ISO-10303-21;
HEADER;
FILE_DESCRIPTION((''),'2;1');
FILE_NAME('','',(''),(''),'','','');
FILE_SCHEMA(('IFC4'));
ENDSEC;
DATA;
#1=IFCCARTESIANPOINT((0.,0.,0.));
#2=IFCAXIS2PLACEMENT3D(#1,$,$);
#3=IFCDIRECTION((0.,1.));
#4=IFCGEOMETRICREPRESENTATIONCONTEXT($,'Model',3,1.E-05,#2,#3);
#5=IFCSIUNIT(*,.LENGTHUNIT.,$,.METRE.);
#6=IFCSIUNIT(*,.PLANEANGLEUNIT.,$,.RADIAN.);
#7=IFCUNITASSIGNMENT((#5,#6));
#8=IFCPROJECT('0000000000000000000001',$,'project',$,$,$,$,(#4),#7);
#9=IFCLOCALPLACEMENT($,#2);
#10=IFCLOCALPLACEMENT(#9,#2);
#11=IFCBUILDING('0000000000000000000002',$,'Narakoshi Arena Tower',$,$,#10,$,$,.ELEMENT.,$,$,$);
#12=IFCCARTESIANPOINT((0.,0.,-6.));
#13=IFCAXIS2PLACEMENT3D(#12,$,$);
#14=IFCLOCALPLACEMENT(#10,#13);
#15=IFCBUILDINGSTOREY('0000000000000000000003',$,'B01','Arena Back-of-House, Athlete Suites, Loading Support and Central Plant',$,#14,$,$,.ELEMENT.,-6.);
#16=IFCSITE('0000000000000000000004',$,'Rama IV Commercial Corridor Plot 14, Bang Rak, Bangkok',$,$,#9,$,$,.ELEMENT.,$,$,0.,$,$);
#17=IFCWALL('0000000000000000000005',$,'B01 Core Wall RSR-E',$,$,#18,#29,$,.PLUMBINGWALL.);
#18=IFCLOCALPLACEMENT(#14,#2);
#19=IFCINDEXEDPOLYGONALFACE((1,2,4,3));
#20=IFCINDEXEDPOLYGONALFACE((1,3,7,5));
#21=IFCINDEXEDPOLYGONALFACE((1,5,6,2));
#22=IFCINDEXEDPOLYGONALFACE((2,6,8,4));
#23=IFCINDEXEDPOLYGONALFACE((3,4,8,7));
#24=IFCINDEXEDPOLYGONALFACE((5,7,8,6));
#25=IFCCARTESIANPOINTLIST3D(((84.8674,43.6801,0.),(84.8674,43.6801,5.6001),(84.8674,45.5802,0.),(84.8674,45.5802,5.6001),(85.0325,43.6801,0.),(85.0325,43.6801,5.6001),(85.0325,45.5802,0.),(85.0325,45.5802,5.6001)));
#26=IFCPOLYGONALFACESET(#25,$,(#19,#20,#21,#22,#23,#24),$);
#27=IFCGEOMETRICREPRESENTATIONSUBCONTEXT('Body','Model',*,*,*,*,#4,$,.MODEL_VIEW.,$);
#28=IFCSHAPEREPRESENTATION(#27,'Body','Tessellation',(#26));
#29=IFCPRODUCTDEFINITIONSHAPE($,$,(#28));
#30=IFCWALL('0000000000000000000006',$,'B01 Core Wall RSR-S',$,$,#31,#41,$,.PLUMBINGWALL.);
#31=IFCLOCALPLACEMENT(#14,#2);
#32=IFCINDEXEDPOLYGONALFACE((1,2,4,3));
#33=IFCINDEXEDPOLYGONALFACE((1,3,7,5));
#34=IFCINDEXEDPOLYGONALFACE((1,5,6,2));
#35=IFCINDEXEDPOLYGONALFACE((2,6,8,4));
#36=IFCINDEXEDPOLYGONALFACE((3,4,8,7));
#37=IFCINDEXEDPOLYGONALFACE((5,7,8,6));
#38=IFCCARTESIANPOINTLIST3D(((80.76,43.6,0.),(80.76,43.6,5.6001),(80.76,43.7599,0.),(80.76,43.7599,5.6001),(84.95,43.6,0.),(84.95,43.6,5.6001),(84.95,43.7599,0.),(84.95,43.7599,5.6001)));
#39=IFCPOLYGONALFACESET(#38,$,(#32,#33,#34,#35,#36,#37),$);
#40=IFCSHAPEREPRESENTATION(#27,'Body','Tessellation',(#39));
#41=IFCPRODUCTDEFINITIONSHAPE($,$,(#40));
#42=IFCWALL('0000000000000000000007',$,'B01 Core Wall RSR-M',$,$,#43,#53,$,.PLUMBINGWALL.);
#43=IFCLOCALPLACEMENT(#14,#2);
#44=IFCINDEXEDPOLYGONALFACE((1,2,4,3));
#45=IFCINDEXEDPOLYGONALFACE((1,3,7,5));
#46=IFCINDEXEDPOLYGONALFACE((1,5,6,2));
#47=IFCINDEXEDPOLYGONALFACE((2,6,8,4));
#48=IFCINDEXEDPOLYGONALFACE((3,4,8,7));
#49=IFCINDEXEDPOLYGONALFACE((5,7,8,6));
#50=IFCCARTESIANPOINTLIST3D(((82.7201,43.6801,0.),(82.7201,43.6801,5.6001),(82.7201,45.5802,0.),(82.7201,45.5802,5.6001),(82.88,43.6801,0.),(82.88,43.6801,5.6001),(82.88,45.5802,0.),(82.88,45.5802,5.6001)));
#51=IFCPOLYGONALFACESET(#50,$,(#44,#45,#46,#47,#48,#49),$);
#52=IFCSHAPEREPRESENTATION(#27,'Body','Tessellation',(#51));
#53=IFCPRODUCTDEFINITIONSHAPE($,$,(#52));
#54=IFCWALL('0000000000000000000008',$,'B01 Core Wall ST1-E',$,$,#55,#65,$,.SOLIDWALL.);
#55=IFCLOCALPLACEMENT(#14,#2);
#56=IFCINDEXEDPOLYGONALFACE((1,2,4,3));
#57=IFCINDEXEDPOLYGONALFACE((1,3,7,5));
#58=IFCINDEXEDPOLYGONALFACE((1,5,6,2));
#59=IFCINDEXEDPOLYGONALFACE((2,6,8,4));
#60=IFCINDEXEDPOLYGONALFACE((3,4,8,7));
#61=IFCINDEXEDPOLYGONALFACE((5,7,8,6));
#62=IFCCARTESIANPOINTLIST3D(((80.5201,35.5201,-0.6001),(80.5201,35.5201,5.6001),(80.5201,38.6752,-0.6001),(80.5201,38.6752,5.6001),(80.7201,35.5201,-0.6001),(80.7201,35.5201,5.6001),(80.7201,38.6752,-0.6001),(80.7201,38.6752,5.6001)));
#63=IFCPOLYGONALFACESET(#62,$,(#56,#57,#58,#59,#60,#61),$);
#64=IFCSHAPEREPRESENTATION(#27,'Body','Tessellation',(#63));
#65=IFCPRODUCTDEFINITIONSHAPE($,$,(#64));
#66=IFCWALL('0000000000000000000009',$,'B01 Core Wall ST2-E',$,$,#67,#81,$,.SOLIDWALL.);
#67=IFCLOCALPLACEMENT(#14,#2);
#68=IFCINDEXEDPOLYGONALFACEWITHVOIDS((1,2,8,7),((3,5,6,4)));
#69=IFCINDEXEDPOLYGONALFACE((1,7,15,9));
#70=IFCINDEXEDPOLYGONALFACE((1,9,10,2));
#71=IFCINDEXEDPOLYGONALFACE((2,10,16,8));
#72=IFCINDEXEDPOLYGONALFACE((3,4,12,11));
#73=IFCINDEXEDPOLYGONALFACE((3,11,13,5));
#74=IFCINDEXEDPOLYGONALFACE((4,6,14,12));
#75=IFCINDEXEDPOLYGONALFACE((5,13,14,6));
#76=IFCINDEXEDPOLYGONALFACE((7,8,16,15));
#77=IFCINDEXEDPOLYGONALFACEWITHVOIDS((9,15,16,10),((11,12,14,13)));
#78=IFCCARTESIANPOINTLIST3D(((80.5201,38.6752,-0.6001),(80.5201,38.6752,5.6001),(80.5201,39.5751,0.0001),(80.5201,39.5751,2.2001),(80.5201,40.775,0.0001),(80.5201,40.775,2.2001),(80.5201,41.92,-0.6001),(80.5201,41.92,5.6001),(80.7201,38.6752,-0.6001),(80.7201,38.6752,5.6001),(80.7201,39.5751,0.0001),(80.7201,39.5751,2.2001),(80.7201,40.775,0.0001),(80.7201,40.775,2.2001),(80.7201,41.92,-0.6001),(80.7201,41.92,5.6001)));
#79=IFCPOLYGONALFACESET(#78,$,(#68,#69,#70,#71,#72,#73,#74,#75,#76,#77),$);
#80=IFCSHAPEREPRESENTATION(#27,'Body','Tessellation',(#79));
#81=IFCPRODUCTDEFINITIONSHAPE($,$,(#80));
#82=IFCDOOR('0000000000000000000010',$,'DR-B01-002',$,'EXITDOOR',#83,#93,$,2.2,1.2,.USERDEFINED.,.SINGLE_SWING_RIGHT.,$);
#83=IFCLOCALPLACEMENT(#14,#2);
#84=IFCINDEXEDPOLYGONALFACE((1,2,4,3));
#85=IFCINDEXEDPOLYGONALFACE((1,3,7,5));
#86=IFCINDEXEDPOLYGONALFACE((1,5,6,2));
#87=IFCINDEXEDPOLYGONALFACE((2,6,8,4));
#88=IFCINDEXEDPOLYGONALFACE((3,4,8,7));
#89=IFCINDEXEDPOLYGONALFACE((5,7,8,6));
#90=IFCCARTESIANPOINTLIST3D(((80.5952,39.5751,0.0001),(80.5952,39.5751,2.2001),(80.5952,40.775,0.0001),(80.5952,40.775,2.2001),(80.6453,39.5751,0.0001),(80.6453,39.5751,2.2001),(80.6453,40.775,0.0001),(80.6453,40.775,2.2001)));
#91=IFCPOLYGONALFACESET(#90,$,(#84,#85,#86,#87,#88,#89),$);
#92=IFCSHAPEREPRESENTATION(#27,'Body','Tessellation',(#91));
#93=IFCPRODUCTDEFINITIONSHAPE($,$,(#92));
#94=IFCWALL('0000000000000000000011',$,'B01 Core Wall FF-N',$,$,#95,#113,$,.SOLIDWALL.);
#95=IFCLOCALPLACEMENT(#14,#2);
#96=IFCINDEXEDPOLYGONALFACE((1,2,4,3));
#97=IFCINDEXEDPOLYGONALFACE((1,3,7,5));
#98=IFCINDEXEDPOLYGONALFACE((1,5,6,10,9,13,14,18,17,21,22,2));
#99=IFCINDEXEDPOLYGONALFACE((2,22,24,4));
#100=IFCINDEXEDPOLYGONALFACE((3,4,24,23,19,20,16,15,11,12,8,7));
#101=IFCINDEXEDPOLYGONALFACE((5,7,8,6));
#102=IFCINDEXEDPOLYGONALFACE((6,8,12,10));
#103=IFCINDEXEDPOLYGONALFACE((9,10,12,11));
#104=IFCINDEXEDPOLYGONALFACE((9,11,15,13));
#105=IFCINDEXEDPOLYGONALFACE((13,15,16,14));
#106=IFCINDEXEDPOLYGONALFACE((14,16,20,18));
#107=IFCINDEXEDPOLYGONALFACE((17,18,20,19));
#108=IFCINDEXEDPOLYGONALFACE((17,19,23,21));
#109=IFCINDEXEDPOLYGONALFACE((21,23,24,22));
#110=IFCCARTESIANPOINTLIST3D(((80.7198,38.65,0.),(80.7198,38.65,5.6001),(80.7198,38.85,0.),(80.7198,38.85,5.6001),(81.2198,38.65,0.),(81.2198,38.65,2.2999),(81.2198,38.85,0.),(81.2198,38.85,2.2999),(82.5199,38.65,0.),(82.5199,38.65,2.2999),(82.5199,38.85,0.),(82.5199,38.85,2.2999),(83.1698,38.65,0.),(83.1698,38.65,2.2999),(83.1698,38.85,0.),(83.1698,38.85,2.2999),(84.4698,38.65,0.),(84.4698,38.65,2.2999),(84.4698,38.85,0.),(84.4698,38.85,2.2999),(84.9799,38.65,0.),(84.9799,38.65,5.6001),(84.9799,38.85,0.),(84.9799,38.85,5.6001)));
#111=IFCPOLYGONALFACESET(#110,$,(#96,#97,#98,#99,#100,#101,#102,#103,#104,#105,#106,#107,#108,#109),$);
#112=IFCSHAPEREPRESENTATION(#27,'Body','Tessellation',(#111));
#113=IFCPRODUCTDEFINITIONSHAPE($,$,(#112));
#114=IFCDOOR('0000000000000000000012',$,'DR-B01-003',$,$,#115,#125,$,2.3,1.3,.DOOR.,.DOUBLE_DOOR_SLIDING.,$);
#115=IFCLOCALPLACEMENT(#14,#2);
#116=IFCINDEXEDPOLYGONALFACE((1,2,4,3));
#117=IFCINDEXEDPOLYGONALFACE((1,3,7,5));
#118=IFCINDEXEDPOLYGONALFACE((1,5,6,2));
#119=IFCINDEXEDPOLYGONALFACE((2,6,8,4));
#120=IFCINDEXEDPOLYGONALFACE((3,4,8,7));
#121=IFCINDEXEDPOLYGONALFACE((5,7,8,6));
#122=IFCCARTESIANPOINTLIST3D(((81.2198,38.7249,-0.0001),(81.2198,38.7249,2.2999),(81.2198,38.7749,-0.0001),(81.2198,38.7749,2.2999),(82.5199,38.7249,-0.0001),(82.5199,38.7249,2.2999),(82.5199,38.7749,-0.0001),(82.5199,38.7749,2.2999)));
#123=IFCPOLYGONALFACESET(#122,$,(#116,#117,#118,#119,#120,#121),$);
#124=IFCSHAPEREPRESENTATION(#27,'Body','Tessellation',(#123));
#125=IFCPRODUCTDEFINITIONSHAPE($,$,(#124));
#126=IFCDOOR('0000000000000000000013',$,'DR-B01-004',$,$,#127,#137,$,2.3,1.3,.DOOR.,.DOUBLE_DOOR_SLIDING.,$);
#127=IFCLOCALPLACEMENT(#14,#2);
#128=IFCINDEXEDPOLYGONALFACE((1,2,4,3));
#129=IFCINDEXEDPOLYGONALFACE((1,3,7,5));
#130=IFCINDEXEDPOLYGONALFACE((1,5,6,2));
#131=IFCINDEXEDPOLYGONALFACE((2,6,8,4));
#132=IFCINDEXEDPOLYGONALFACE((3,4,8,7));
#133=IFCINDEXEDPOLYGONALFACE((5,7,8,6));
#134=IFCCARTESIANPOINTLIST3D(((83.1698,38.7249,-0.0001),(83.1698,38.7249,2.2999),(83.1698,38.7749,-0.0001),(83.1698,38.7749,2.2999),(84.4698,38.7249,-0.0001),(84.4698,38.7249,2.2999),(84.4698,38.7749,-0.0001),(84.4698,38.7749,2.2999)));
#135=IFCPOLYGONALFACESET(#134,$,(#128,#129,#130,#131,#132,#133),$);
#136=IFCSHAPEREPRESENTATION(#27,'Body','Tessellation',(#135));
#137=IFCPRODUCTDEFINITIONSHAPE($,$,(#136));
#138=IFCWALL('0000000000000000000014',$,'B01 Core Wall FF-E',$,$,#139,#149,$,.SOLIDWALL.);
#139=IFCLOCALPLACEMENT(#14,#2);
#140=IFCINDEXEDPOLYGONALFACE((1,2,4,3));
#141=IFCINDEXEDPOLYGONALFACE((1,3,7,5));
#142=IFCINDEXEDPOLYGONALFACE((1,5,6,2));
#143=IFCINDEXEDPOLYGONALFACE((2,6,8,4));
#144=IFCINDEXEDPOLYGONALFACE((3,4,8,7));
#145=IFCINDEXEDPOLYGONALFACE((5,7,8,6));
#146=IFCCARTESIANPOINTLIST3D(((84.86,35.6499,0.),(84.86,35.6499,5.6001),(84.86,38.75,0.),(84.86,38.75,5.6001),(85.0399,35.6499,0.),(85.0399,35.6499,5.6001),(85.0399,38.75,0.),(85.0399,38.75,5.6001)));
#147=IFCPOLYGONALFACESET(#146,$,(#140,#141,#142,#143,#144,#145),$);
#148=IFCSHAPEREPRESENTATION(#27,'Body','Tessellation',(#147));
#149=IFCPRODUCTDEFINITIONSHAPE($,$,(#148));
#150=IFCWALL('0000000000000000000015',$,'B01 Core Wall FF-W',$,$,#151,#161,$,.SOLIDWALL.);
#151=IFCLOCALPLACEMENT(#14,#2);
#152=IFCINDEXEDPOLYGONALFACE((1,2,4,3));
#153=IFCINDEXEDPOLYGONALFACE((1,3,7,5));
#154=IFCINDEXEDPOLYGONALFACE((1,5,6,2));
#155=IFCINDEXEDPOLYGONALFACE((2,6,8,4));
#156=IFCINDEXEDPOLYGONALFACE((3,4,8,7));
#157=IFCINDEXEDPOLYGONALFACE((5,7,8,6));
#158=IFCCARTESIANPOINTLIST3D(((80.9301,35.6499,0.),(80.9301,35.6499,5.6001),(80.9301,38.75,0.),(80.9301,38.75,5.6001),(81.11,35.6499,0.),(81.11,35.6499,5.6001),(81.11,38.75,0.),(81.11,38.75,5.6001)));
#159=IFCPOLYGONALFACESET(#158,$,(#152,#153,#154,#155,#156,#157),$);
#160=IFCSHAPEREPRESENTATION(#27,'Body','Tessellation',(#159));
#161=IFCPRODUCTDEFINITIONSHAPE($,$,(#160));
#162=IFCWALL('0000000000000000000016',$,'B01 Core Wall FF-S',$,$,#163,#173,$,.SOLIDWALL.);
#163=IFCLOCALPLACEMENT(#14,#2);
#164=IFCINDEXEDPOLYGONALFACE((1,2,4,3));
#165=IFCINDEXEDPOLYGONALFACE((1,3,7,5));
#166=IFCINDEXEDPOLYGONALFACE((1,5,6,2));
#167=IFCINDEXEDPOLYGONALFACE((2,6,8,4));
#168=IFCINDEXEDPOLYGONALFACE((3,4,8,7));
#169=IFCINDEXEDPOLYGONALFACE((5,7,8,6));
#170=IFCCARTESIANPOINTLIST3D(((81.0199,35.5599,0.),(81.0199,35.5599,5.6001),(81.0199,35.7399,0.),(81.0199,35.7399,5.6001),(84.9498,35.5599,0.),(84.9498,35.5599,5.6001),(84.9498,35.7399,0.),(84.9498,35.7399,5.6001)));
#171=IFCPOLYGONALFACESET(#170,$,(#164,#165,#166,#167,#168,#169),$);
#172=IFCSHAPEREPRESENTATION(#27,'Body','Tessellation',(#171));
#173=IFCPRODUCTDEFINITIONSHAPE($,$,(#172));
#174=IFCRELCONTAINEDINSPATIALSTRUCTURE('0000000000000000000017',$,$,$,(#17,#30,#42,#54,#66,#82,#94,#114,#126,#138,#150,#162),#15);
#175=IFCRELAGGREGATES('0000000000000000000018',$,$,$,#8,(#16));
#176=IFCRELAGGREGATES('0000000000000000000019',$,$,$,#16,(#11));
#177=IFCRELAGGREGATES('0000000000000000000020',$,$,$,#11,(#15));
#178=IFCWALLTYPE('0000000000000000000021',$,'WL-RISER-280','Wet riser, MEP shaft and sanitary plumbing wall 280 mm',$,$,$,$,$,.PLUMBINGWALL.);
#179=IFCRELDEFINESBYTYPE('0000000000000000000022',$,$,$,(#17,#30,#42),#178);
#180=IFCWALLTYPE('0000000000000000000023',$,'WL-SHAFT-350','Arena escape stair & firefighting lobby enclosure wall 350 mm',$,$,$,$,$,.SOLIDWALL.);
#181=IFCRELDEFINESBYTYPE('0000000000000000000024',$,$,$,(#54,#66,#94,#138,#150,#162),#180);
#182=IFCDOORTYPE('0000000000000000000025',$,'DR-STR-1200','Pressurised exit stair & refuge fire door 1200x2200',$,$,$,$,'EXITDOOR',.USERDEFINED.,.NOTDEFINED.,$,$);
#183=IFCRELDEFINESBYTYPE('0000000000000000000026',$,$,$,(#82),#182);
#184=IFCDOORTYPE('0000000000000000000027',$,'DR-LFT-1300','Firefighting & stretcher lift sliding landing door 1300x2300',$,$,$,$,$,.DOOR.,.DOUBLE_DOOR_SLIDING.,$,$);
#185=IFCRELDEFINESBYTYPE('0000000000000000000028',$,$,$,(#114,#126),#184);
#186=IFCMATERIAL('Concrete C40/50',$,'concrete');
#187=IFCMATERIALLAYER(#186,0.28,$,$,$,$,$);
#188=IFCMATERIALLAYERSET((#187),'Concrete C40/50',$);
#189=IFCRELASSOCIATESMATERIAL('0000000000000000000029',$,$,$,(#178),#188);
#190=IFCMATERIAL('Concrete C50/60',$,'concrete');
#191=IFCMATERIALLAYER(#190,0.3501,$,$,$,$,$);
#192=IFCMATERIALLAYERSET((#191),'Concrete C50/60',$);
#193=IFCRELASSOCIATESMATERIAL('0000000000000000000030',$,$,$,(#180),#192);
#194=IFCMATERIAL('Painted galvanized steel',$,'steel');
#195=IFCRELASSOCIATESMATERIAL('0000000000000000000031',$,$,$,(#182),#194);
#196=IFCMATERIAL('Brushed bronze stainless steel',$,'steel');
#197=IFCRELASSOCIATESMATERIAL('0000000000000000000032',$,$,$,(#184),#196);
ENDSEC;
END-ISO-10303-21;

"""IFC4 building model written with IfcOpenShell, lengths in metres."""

from ifc_helpers import new_model, si_unit, direction, frame, frame_2d, origin, place, context, subcontext, project, spatial, rectangle, extrude, material, layer, layer_set, type_object, element, fill, save


model = new_model("IFC4")

# Units and contexts
model_context = context("Model", 3, precision=1e-05, world=origin(), true_north=direction((0.0, 1.0)))
body_context = subcontext(model_context, "Body", "Model", "MODEL_VIEW")
ifc_project = project(units=[si_unit("LENGTHUNIT", "METRE"), si_unit("PLANEANGLEUNIT", "RADIAN")], contexts=[model_context])

# Site, building, storey
site_placement = place(None, origin())
site = spatial("IfcSite", under=ifc_project, at=site_placement, Name="Rama IV Commercial Corridor Plot 14, Bang Rak, Bangkok", CompositionType="ELEMENT", RefElevation=0.0)
building_placement = place(site_placement, origin())
building = spatial("IfcBuilding", under=site, at=building_placement, Name="Narakoshi Arena Tower", CompositionType="ELEMENT")
storey_placement = place(building_placement, frame((0.0, 0.0, -6.0)))
storey = spatial("IfcBuildingStorey", under=building, at=storey_placement, Name="B01", Description="Arena Back-of-House, Athlete Suites, Loading Support and Central Plant", CompositionType="ELEMENT", Elevation=-6.0)

# Walls
ifc_material_1 = material(Name="Concrete C40/50", Category="concrete")
ifc_layer_1 = layer(ifc_material_1, 0.28)
ifc_layer_set_1 = layer_set([ifc_layer_1], Name="Concrete C40/50")
wall_type_1 = type_object("IfcWallType", Name="WL-RISER-280", Description="Wet riser, MEP shaft and sanitary plumbing wall 280 mm", PredefinedType="PLUMBINGWALL", material=ifc_layer_set_1)
wall_1_placement = place(storey_placement, frame((84.95, 43.6799, 0.0), z_axis=(0.0, 0.0, 1.0), x_axis=(0.0, 1.0, 0.0)))
element("IfcWall", 1, at=wall_1_placement, inside=storey, type_object=wall_type_1, Name="B01 Core Wall RSR-E", PredefinedType="PLUMBINGWALL", context=body_context, shape_type="SweptSolid", body=[
    extrude(rectangle(XDim=1.9001, YDim=0.165, at=frame_2d((0.9502, 0.0))), origin(), (0.0, 0.0, 1.0), 5.6001),
])
wall_2_placement = place(storey_placement, frame((80.76, 43.6799, 0.0), z_axis=(0.0, 0.0, 1.0), x_axis=(1.0, 0.0, 0.0)))
element("IfcWall", 2, at=wall_2_placement, inside=storey, type_object=wall_type_1, Name="B01 Core Wall RSR-S", PredefinedType="PLUMBINGWALL", context=body_context, shape_type="SweptSolid", body=[
    extrude(rectangle(XDim=4.1899, YDim=0.1599, at=frame_2d((2.095, 0.0))), origin(), (0.0, 0.0, 1.0), 5.6001),
])
wall_3_placement = place(storey_placement, frame((82.8, 43.6799, 0.0), z_axis=(0.0, 0.0, 1.0), x_axis=(0.0, 1.0, 0.0)))
element("IfcWall", 3, at=wall_3_placement, inside=storey, type_object=wall_type_1, Name="B01 Core Wall RSR-M", PredefinedType="PLUMBINGWALL", context=body_context, shape_type="SweptSolid", body=[
    extrude(rectangle(XDim=1.9001, YDim=0.1599, at=frame_2d((0.9502, 0.0))), origin(), (0.0, 0.0, 1.0), 5.6001),
])
ifc_material_2 = material(Name="Concrete C50/60", Category="concrete")
ifc_layer_2 = layer(ifc_material_2, 0.3501)
ifc_layer_set_2 = layer_set([ifc_layer_2], Name="Concrete C50/60")
wall_type_2 = type_object("IfcWallType", Name="WL-SHAFT-350", Description="Arena escape stair & firefighting lobby enclosure wall 350 mm", PredefinedType="SOLIDWALL", material=ifc_layer_set_2)
wall_4_placement = place(storey_placement, frame((80.6201, 35.52, -0.6001), z_axis=(0.0, 0.0, 1.0), x_axis=(0.0, 1.0, 0.0)))
element("IfcWall", 4, at=wall_4_placement, inside=storey, type_object=wall_type_2, Name="B01 Core Wall ST1-E", PredefinedType="SOLIDWALL", context=body_context, shape_type="SweptSolid", body=[
    extrude(rectangle(XDim=3.155, YDim=0.2, at=frame_2d((1.5776, 0.0))), origin(), (0.0, 0.0, 1.0), 6.2002),
])

# Wall, opening, door
wall_5_placement = place(storey_placement, frame((80.6201, 38.675, -0.6001), z_axis=(0.0, 0.0, 1.0), x_axis=(0.0, 1.0, 0.0)))
wall_5 = element("IfcWall", 5, at=wall_5_placement, inside=storey, type_object=wall_type_2, Name="B01 Core Wall ST2-E", PredefinedType="SOLIDWALL", context=body_context, shape_type="SweptSolid", body=[
    extrude(rectangle(XDim=3.2449, YDim=0.2, at=frame_2d((1.6226, 0.0))), origin(), (0.0, 0.0, 1.0), 6.2002),
])
opening_1_placement = place(wall_5_placement, frame((0.8999, 0.0, 0.6001)))
opening_1 = element("IfcOpeningElement", 6, at=opening_1_placement, cuts=wall_5, PredefinedType="OPENING", context=body_context, shape_type="SweptSolid", body=[
    extrude(rectangle(XDim=1.2, YDim=2.2, at=frame_2d((0.6001, 1.1001))), frame((0.0, 0.1099, 0.0), z_axis=(0.0, -1.0, 0.0), x_axis=(1.0, 0.0, 0.0)), (0.0, 0.0, 1.0), 0.22),
])
ifc_material_3 = material(Name="Painted galvanized steel", Category="steel")
door_type_1 = type_object("IfcDoorType", Name="DR-STR-1200", Description="Pressurised exit stair & refuge fire door 1200x2200", ElementType="EXITDOOR", OperationType="NOTDEFINED", PredefinedType="USERDEFINED", material=ifc_material_3)
door_1_placement = place(opening_1_placement, origin())
door_1 = element("IfcDoor", 7, at=door_1_placement, inside=storey, type_object=door_type_1, Name="DR-B01-002", ObjectType="EXITDOOR", OperationType="SINGLE_SWING_RIGHT", OverallHeight=2.2, OverallWidth=1.2, PredefinedType="USERDEFINED", context=body_context, shape_type="SweptSolid", body=[
    extrude(rectangle(XDim=1.2, YDim=2.2, at=frame_2d((0.6001, 1.1001))), frame((0.0, 0.0249, 0.0), z_axis=(0.0, -1.0, 0.0), x_axis=(1.0, 0.0, 0.0)), (0.0, 0.0, 1.0), 0.05),
])
fill(opening_1, door_1)

# Wall, openings, doors
wall_6_placement = place(storey_placement, frame((80.72, 38.75, 0.0), z_axis=(0.0, 0.0, 1.0), x_axis=(1.0, 0.0, 0.0)))
wall_6 = element("IfcWall", 8, at=wall_6_placement, inside=storey, type_object=wall_type_2, Name="B01 Core Wall FF-N", PredefinedType="SOLIDWALL", context=body_context, shape_type="SweptSolid", body=[
    extrude(rectangle(XDim=4.26, YDim=0.2, at=frame_2d((2.1299, 0.0))), origin(), (0.0, 0.0, 1.0), 5.6001),
])
opening_2_placement = place(wall_6_placement, frame((0.5, 0.0, 0.0)))
opening_2 = element("IfcOpeningElement", 9, at=opening_2_placement, cuts=wall_6, PredefinedType="OPENING", context=body_context, shape_type="SweptSolid", body=[
    extrude(rectangle(XDim=1.3, YDim=2.3, at=frame_2d((0.6499, 1.1499))), frame((0.0, 0.1099, 0.0), z_axis=(0.0, -1.0, 0.0), x_axis=(1.0, 0.0, 0.0)), (0.0, 0.0, 1.0), 0.22),
])
opening_3_placement = place(wall_6_placement, frame((2.45, 0.0, 0.0)))
opening_3 = element("IfcOpeningElement", 10, at=opening_3_placement, cuts=wall_6, PredefinedType="OPENING", context=body_context, shape_type="SweptSolid", body=[
    extrude(rectangle(XDim=1.3, YDim=2.3, at=frame_2d((0.6499, 1.1499))), frame((0.0, 0.1099, 0.0), z_axis=(0.0, -1.0, 0.0), x_axis=(1.0, 0.0, 0.0)), (0.0, 0.0, 1.0), 0.22),
])
ifc_material_4 = material(Name="Brushed bronze stainless steel", Category="steel")
door_type_2 = type_object("IfcDoorType", Name="DR-LFT-1300", Description="Firefighting & stretcher lift sliding landing door 1300x2300", OperationType="DOUBLE_DOOR_SLIDING", PredefinedType="DOOR", material=ifc_material_4)
door_2_placement = place(opening_2_placement, origin())
door_2 = element("IfcDoor", 11, at=door_2_placement, inside=storey, type_object=door_type_2, Name="DR-B01-003", OperationType="DOUBLE_DOOR_SLIDING", OverallHeight=2.3, OverallWidth=1.3, PredefinedType="DOOR", context=body_context, shape_type="SweptSolid", body=[
    extrude(rectangle(XDim=1.3, YDim=2.3, at=frame_2d((0.6499, 1.1499))), frame((0.0, 0.0249, 0.0), z_axis=(0.0, -1.0, 0.0), x_axis=(1.0, 0.0, 0.0)), (0.0, 0.0, 1.0), 0.05),
])
fill(opening_2, door_2)
door_3_placement = place(opening_3_placement, origin())
door_3 = element("IfcDoor", 12, at=door_3_placement, inside=storey, type_object=door_type_2, Name="DR-B01-004", OperationType="DOUBLE_DOOR_SLIDING", OverallHeight=2.3, OverallWidth=1.3, PredefinedType="DOOR", context=body_context, shape_type="SweptSolid", body=[
    extrude(rectangle(XDim=1.3, YDim=2.3, at=frame_2d((0.6499, 1.1499))), frame((0.0, 0.0249, 0.0), z_axis=(0.0, -1.0, 0.0), x_axis=(1.0, 0.0, 0.0)), (0.0, 0.0, 1.0), 0.05),
])
fill(opening_3, door_3)

# Walls
for number, where, z_axis, x_axis, name in (
    (13, (84.95, 35.6499, 0.0), (0.0, 0.0, 1.0), (0.0, 1.0, 0.0), "B01 Core Wall FF-E"),
    (14, (81.02, 35.6499, 0.0), (0.0, 0.0, 1.0), (0.0, 1.0, 0.0), "B01 Core Wall FF-W"),
):
    element("IfcWall", number, at=place(storey_placement, frame(where, z_axis=z_axis, x_axis=x_axis)), inside=storey, type_object=wall_type_2, Name=name, PredefinedType="SOLIDWALL", context=body_context, shape_type="SweptSolid", body=[
        extrude(rectangle(XDim=3.1001, YDim=0.1799, at=frame_2d((1.55, 0.0))), origin(), (0.0, 0.0, 1.0), 5.6001),
    ])
wall_7_placement = place(storey_placement, frame((81.02, 35.6499, 0.0), z_axis=(0.0, 0.0, 1.0), x_axis=(1.0, 0.0, 0.0)))
element("IfcWall", 15, at=wall_7_placement, inside=storey, type_object=wall_type_2, Name="B01 Core Wall FF-S", PredefinedType="SOLIDWALL", context=body_context, shape_type="SweptSolid", body=[
    extrude(rectangle(XDim=3.9299, YDim=0.1799, at=frame_2d((1.9648, 0.0))), origin(), (0.0, 0.0, 1.0), 5.6001),
])

save(model, "model.ifc")
